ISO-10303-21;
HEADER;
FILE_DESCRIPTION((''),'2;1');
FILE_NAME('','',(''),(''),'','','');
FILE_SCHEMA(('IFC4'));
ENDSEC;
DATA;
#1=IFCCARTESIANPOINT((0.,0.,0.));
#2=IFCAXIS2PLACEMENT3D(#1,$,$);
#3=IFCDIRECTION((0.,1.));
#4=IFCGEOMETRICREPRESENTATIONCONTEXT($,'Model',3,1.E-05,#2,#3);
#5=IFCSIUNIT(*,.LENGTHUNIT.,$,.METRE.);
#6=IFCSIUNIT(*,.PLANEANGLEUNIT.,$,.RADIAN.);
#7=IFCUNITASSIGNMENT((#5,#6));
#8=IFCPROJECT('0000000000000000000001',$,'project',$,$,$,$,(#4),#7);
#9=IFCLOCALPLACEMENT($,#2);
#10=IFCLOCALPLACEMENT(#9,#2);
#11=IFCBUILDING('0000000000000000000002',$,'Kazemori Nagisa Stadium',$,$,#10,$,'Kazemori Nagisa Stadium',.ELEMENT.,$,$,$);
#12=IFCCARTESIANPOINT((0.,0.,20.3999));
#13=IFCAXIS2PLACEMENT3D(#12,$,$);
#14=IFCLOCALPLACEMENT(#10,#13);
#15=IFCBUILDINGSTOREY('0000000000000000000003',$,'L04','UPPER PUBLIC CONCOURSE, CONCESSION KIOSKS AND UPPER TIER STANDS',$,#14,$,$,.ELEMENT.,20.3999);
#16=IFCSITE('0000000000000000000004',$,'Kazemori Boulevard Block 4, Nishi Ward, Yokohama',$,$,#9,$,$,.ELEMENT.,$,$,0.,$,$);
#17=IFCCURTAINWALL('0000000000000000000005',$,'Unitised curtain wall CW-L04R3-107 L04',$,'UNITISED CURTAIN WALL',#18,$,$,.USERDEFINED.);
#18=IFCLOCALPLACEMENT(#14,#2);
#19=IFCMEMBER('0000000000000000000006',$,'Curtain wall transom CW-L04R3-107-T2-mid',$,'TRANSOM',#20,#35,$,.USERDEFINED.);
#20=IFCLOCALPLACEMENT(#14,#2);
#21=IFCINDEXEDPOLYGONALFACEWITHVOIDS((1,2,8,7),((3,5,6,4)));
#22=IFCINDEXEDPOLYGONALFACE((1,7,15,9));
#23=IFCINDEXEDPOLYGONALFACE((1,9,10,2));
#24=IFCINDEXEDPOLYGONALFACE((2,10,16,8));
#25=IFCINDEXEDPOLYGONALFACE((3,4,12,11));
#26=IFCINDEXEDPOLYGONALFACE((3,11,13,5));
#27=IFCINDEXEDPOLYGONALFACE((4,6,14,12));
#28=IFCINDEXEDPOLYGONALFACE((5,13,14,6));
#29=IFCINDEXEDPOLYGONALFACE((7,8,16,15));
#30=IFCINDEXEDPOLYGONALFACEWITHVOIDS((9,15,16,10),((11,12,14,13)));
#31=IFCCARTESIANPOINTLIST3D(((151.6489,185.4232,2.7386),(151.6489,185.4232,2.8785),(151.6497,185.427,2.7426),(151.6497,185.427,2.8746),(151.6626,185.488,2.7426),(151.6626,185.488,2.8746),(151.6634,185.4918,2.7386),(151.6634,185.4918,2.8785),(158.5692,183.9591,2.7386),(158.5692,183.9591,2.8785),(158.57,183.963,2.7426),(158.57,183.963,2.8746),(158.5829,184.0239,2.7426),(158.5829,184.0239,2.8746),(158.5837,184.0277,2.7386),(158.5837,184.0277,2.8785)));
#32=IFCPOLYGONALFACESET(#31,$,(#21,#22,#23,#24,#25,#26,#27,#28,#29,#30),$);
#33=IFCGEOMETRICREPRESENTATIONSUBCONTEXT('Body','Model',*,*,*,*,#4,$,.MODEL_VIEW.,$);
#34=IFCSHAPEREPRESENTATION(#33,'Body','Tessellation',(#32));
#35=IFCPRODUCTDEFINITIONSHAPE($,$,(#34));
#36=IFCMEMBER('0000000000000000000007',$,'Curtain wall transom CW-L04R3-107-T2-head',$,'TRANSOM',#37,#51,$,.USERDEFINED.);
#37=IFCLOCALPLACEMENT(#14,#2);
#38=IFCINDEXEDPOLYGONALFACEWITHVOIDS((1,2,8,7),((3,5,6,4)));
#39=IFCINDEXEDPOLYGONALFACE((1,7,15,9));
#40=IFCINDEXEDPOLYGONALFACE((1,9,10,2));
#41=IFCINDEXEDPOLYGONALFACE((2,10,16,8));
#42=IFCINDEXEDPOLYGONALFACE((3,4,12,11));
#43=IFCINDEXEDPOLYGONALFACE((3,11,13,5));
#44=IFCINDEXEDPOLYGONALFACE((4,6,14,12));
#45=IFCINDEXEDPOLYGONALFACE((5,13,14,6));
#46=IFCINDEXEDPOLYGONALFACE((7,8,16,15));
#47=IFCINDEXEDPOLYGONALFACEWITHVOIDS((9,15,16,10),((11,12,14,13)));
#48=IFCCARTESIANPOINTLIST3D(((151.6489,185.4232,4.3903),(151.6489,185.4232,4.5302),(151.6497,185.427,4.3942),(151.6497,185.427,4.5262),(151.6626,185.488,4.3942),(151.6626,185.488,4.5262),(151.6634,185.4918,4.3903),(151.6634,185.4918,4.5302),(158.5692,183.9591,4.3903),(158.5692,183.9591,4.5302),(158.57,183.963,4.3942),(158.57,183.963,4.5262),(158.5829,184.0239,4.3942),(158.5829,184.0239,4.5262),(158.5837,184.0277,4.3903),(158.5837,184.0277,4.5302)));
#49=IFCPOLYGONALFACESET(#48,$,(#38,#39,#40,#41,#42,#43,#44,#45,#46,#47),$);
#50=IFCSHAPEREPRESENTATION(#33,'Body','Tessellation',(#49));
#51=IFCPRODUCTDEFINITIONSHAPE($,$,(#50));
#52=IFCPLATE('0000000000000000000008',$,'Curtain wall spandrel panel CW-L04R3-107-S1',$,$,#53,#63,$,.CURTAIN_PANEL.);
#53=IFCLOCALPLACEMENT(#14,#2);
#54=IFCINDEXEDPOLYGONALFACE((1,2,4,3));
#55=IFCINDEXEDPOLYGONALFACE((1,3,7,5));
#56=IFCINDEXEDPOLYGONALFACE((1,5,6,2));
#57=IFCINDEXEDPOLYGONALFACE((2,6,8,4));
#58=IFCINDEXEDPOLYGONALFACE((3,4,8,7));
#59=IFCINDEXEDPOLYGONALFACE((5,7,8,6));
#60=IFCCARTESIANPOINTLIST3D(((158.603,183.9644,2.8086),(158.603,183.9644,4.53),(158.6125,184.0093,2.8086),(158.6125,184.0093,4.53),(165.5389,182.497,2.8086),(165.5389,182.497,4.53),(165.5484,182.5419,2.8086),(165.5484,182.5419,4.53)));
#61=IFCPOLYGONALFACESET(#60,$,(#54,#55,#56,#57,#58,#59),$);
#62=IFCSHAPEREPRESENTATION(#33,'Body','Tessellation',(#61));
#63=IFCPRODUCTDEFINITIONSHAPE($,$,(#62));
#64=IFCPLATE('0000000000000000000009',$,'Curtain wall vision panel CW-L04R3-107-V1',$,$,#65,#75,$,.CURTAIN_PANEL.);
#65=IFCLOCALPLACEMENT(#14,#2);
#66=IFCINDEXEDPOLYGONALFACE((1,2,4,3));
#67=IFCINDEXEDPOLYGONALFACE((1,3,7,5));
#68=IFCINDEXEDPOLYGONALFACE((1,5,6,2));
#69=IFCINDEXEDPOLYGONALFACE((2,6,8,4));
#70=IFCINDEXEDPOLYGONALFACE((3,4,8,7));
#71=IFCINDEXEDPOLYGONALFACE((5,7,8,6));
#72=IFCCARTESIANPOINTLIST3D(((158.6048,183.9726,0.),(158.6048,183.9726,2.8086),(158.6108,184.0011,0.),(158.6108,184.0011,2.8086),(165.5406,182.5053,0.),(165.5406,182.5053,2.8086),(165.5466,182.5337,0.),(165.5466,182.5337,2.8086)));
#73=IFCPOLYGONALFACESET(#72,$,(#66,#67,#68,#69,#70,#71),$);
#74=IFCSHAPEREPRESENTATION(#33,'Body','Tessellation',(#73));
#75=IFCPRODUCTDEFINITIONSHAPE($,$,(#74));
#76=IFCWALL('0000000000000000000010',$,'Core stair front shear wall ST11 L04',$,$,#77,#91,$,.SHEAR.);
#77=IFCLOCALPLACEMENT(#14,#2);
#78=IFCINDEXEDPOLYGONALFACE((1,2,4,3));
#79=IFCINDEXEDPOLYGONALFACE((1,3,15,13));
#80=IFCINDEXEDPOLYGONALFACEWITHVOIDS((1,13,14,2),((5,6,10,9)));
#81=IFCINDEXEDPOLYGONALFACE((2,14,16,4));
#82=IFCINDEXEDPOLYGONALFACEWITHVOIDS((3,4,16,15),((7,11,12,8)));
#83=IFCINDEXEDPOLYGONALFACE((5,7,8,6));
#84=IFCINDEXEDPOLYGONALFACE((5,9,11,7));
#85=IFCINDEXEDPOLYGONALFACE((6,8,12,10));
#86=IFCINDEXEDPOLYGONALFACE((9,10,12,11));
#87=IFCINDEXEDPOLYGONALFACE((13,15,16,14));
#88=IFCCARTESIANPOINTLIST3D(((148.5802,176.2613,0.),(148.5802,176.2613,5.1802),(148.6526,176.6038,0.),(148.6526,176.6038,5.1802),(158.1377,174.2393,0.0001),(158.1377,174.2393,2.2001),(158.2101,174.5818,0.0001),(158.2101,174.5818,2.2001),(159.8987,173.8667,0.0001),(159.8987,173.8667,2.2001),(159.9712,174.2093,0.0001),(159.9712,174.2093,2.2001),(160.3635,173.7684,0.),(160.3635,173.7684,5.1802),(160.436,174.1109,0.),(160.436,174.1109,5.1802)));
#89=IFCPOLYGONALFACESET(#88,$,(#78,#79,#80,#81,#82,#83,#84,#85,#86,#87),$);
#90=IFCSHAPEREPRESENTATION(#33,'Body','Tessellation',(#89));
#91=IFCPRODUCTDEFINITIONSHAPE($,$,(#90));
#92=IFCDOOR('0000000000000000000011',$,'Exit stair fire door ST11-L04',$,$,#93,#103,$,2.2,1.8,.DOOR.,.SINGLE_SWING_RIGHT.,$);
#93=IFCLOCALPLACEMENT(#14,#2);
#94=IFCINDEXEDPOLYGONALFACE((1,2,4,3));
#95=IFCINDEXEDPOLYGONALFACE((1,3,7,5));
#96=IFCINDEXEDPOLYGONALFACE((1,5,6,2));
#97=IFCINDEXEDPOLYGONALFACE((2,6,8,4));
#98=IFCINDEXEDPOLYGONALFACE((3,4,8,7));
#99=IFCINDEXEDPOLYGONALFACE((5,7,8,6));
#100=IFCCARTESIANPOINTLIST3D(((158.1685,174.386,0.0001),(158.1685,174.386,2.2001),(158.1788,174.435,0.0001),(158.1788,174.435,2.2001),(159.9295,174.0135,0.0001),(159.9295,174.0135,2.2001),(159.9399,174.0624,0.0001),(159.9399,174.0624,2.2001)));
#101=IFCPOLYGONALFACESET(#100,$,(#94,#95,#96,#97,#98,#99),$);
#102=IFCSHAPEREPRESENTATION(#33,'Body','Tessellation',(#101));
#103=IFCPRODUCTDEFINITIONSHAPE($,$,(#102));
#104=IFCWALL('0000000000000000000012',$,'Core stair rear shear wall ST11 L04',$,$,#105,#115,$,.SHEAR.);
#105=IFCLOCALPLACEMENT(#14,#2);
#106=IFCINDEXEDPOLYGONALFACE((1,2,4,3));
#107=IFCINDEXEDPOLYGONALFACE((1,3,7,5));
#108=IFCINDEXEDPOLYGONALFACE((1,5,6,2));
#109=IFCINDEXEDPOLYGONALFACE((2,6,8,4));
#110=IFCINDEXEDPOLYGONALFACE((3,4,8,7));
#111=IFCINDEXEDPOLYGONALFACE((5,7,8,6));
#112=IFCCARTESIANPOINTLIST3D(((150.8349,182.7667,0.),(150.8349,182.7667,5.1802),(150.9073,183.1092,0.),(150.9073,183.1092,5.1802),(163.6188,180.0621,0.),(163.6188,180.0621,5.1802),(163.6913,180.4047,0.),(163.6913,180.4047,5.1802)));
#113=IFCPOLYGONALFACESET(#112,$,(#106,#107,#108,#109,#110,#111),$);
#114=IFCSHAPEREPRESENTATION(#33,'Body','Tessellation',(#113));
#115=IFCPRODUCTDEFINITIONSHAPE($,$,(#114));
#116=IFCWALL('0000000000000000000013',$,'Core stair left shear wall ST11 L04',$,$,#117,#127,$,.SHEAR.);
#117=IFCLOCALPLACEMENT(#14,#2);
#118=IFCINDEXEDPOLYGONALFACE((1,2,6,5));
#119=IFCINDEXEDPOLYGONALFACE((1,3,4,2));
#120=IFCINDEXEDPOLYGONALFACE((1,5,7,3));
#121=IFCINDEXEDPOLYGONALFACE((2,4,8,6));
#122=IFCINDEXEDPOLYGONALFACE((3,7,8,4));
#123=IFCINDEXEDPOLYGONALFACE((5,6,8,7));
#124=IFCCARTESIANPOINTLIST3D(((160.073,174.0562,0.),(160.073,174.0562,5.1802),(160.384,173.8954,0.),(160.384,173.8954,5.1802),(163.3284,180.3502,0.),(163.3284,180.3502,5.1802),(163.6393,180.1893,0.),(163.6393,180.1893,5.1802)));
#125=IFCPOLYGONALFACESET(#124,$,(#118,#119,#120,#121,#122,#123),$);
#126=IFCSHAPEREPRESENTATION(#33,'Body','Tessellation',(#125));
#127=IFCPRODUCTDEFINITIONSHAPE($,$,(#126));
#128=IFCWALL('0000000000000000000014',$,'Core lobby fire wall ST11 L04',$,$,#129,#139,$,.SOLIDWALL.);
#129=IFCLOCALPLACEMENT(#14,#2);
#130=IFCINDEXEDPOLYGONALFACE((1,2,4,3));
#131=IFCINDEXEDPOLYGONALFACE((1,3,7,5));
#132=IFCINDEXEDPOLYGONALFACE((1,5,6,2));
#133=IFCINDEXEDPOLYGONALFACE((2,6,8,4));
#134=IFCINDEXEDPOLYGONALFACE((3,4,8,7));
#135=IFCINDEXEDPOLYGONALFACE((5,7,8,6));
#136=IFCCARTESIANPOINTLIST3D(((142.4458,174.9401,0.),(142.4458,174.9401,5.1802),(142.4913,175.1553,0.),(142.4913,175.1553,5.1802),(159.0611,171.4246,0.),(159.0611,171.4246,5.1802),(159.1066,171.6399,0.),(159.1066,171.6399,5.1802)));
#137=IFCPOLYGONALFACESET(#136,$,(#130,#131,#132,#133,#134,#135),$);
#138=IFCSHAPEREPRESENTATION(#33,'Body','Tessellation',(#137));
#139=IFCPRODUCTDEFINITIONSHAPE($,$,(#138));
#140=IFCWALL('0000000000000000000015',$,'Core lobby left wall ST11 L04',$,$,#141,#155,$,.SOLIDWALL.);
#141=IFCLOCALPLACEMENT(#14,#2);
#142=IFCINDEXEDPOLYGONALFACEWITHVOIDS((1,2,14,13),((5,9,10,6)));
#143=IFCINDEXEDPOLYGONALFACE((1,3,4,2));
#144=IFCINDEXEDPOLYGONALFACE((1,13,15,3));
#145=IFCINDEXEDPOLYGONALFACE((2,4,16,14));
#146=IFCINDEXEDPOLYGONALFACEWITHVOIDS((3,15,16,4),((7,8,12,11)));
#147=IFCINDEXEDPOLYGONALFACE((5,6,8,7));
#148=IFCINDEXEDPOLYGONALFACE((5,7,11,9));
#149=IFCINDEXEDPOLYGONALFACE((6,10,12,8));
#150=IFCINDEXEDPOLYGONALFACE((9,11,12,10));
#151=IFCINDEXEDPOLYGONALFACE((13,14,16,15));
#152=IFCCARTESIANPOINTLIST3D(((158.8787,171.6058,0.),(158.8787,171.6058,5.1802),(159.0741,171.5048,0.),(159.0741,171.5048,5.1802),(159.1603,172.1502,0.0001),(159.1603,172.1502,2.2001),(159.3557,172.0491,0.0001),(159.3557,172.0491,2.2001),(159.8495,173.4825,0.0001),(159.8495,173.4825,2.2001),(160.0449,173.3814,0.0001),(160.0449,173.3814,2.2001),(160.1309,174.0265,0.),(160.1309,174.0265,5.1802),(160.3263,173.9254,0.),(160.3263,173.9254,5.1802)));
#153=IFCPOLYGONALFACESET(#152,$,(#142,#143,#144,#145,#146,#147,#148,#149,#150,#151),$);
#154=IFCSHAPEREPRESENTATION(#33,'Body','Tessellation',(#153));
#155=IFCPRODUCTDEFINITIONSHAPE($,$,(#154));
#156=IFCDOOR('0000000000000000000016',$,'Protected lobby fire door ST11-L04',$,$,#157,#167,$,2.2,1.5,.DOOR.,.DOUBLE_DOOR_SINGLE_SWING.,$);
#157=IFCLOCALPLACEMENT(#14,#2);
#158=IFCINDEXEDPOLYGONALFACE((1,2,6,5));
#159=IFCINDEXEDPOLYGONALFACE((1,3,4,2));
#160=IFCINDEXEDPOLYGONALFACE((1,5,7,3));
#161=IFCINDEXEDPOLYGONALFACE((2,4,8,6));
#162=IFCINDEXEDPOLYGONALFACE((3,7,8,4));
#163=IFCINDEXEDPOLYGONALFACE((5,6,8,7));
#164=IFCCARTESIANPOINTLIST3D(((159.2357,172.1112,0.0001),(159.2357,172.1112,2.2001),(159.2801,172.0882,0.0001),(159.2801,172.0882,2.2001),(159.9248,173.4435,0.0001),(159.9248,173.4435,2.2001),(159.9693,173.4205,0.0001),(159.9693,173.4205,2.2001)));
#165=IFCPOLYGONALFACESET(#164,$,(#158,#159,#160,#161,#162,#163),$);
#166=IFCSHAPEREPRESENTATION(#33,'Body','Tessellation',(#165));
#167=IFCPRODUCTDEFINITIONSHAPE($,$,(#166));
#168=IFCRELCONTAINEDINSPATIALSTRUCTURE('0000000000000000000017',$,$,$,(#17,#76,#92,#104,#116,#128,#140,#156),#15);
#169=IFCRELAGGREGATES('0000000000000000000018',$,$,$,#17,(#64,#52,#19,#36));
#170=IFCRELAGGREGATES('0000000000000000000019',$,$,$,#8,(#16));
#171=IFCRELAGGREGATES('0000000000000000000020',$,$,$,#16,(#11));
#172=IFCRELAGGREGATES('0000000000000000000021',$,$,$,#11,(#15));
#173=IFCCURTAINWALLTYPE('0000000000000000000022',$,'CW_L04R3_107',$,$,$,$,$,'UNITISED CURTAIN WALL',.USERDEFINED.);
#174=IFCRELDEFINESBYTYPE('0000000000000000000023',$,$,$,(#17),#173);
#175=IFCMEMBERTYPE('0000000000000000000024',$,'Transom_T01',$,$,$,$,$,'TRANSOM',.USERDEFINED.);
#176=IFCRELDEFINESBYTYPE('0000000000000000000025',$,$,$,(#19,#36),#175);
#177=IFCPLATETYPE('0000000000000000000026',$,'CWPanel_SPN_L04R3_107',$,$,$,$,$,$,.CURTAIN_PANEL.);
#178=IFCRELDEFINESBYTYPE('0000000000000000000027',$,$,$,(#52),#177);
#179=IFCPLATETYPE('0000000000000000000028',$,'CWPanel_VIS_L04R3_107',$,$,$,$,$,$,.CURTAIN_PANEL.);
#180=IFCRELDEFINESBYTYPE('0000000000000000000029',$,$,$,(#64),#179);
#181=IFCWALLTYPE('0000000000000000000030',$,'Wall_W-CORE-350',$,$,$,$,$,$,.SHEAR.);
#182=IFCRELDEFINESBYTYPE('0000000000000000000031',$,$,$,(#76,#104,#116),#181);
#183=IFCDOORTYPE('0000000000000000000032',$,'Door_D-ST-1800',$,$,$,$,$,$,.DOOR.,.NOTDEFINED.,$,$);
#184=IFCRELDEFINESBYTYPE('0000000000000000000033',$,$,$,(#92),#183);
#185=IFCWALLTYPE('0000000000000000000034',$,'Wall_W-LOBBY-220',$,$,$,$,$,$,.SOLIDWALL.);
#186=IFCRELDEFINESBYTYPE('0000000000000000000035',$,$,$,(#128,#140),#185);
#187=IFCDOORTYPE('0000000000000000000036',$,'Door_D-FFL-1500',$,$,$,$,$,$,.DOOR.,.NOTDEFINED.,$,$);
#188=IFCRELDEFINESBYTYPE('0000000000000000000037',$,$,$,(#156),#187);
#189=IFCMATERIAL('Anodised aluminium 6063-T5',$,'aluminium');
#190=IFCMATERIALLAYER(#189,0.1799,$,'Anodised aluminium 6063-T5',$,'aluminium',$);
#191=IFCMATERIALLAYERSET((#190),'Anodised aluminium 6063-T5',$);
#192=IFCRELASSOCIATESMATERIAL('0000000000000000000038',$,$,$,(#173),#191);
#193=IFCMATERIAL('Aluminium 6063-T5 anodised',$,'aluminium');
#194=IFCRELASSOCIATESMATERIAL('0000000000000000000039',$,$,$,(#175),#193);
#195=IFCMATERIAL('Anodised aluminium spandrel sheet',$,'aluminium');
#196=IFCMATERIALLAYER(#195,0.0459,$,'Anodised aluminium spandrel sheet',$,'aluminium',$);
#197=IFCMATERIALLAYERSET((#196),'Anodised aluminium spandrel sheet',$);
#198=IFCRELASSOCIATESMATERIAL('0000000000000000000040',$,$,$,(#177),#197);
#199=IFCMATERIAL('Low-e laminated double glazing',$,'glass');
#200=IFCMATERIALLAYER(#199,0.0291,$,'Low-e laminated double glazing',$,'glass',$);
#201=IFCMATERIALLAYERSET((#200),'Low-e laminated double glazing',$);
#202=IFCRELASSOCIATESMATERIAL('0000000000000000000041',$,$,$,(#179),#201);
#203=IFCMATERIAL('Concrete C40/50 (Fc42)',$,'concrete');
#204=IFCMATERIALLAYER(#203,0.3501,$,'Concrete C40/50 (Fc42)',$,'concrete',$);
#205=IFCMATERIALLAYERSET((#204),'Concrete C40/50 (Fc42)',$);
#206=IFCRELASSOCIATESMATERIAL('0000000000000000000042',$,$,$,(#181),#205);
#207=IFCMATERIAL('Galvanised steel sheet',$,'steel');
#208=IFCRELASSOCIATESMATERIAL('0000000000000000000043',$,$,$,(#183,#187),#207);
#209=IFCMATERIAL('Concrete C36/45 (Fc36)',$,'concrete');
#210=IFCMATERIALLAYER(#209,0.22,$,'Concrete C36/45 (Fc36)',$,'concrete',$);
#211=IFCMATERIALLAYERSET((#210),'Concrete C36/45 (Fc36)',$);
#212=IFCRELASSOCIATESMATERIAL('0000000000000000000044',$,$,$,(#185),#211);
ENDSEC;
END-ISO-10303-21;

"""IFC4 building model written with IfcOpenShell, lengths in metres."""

from ifc_helpers import new_model, si_unit, direction, frame, frame_2d, origin, origin_2d, place, context, subcontext, project, spatial, rectangle, hollow_rectangle, extrude, material, layer, layer_set, material_profile, profile_set, type_object, element, fill, aggregate, save


model = new_model("IFC4")

# Units and contexts
model_context = context("Model", 3, precision=1e-05, world=origin(), true_north=direction((0.0, 1.0)))
body_context = subcontext(model_context, "Body", "Model", "MODEL_VIEW")
ifc_project = project(units=[si_unit("LENGTHUNIT", "METRE"), si_unit("PLANEANGLEUNIT", "RADIAN")], contexts=[model_context])

# Site, building, storey
site_placement = place(None, origin())
site = spatial("IfcSite", under=ifc_project, at=site_placement, Name="Kazemori Boulevard Block 4, Nishi Ward, Yokohama", CompositionType="ELEMENT", RefElevation=0.0)
building_placement = place(site_placement, origin())
building = spatial("IfcBuilding", under=site, at=building_placement, Name="Kazemori Nagisa Stadium", LongName="Kazemori Nagisa Stadium", CompositionType="ELEMENT")
storey_placement = place(building_placement, frame((0.0, 0.0, 20.3999)))
storey = spatial("IfcBuildingStorey", under=building, at=storey_placement, Name="L04", Description="UPPER PUBLIC CONCOURSE, CONCESSION KIOSKS AND UPPER TIER STANDS", CompositionType="ELEMENT", Elevation=20.3999)

# Curtain wall, members, plates
ifc_material_1 = material(Name="Anodised aluminium 6063-T5", Category="aluminium")
ifc_layer_1 = layer(ifc_material_1, 0.1799, Name="Anodised aluminium 6063-T5", Category="aluminium")
ifc_layer_set_1 = layer_set([ifc_layer_1], Name="Anodised aluminium 6063-T5")
curtain_wall_type = type_object("IfcCurtainWallType", Name="CW_L04R3_107", ElementType="UNITISED CURTAIN WALL", PredefinedType="USERDEFINED", material=ifc_layer_set_1)
curtain_wall_placement = place(storey_placement, origin())
curtain_wall = element("IfcCurtainWall", 1, at=curtain_wall_placement, inside=storey, type_object=curtain_wall_type, Name="Unitised curtain wall CW-L04R3-107 L04", ObjectType="UNITISED CURTAIN WALL", PredefinedType="USERDEFINED")
ifc_material_2 = material(Name="Aluminium 6063-T5 anodised", Category="aluminium")
ifc_material_profile_1 = material_profile(ifc_material_2, hollow_rectangle(XDim=0.0701, YDim=0.1399, WallThickness=0.0039, at=origin_2d()), Name="ALU-TRAN-70x140x4")
ifc_profile_set_1 = profile_set([ifc_material_profile_1], Name="Aluminium 6063-T5 anodised")
member_type_1 = type_object("IfcMemberType", Name="Transom_T01", ElementType="TRANSOM", PredefinedType="USERDEFINED", material=ifc_profile_set_1)
member_1_placement = place(storey_placement, frame((158.5764, 183.9934, 2.8086), z_axis=(-0.978345, 0.206983, 0.0), x_axis=(-0.206983, -0.978345, 0.0)))
member_1 = element("IfcMember", 2, at=member_1_placement, type_object=member_type_1, Name="Curtain wall transom CW-L04R3-107-T2-mid", ObjectType="TRANSOM", PredefinedType="USERDEFINED", context=body_context, shape_type="SweptSolid", body=[
    extrude(hollow_rectangle(XDim=0.0701, YDim=0.1399, WallThickness=0.0039, at=origin_2d()), origin(), (0.0, 0.0, 1.0), 7.0735),
])
member_2_placement = place(storey_placement, frame((158.5764, 183.9934, 4.4602), z_axis=(-0.978345, 0.206983, 0.0), x_axis=(-0.206983, -0.978345, 0.0)))
member_2 = element("IfcMember", 3, at=member_2_placement, type_object=member_type_1, Name="Curtain wall transom CW-L04R3-107-T2-head", ObjectType="TRANSOM", PredefinedType="USERDEFINED", context=body_context, shape_type="SweptSolid", body=[
    extrude(hollow_rectangle(XDim=0.0701, YDim=0.1399, WallThickness=0.0039, at=origin_2d()), origin(), (0.0, 0.0, 1.0), 7.0735),
])
ifc_material_3 = material(Name="Anodised aluminium spandrel sheet", Category="aluminium")
ifc_layer_2 = layer(ifc_material_3, 0.0459, Name="Anodised aluminium spandrel sheet", Category="aluminium")
ifc_layer_set_2 = layer_set([ifc_layer_2], Name="Anodised aluminium spandrel sheet")
plate_type_1 = type_object("IfcPlateType", Name="CWPanel_SPN_L04R3_107", PredefinedType="CURTAIN_PANEL", material=ifc_layer_set_2)
plate_1_placement = place(storey_placement, frame((162.0757, 183.2532, 2.8086), z_axis=(0.0, 0.0, 1.0), x_axis=(-0.978345, 0.206981, 0.0)))
plate_1 = element("IfcPlate", 4, at=plate_1_placement, type_object=plate_type_1, Name="Curtain wall spandrel panel CW-L04R3-107-S1", PredefinedType="CURTAIN_PANEL", context=body_context, shape_type="SweptSolid", body=[
    extrude(rectangle(XDim=7.0894, YDim=0.0459, at=origin_2d()), origin(), (0.0, 0.0, 1.0), 1.7214),
])
ifc_material_4 = material(Name="Low-e laminated double glazing", Category="glass")
ifc_layer_3 = layer(ifc_material_4, 0.0291, Name="Low-e laminated double glazing", Category="glass")
ifc_layer_set_3 = layer_set([ifc_layer_3], Name="Low-e laminated double glazing")
plate_type_2 = type_object("IfcPlateType", Name="CWPanel_VIS_L04R3_107", PredefinedType="CURTAIN_PANEL", material=ifc_layer_set_3)
plate_2_placement = place(storey_placement, frame((162.0757, 183.2532, 0.0), z_axis=(0.0, 0.0, 1.0), x_axis=(-0.978345, 0.206981, 0.0)))
plate_2 = element("IfcPlate", 5, at=plate_2_placement, type_object=plate_type_2, Name="Curtain wall vision panel CW-L04R3-107-V1", PredefinedType="CURTAIN_PANEL", context=body_context, shape_type="SweptSolid", body=[
    extrude(rectangle(XDim=7.0894, YDim=0.0291, at=origin_2d()), origin(), (0.0, 0.0, 1.0), 2.8086),
])
aggregate(curtain_wall, [plate_2, plate_1, member_1, member_2])

# Wall, opening, door
ifc_material_5 = material(Name="Concrete C40/50 (Fc42)", Category="concrete")
ifc_layer_4 = layer(ifc_material_5, 0.3501, Name="Concrete C40/50 (Fc42)", Category="concrete")
ifc_layer_set_4 = layer_set([ifc_layer_4], Name="Concrete C40/50 (Fc42)")
wall_type_1 = type_object("IfcWallType", Name="Wall_W-CORE-350", PredefinedType="SHEAR", material=ifc_layer_set_4)
wall_1_placement = place(storey_placement, frame((160.3997, 173.9397, 0.0), z_axis=(0.0, 0.0, 1.0), x_axis=(-0.978345, 0.20698, 0.0)))
wall_1 = element("IfcWall", 6, at=wall_1_placement, inside=storey, type_object=wall_type_1, Name="Core stair front shear wall ST11 L04", PredefinedType="SHEAR", context=body_context, shape_type="SweptSolid", body=[
    extrude(rectangle(XDim=12.0442, YDim=0.3501, at=frame_2d((6.022, 0.0))), origin(), (0.0, 0.0, 1.0), 5.1802),
])
opening_1_placement = place(wall_1_placement, frame((0.4751, 0.0, 0.0)))
opening_1 = element("IfcOpeningElement", 7, at=opening_1_placement, cuts=wall_1, PredefinedType="OPENING", context=body_context, shape_type="SweptSolid", body=[
    extrude(rectangle(XDim=1.8, YDim=2.2, at=frame_2d((0.8999, 1.1001))), frame((0.0, 0.1851, 0.0), z_axis=(0.0, -1.0, 0.0), x_axis=(1.0, 0.0, 0.0)), (0.0, 0.0, 1.0), 0.3701),
])
ifc_material_6 = material(Name="Galvanised steel sheet", Category="steel")
door_type_1 = type_object("IfcDoorType", Name="Door_D-ST-1800", OperationType="NOTDEFINED", PredefinedType="DOOR", material=ifc_material_6)
door_1_placement = place(opening_1_placement, frame((1.8, 0.0, 0.0), z_axis=(0.0, 0.0, 1.0), x_axis=(-1.0, 0.0, 0.0)))
door_1 = element("IfcDoor", 8, at=door_1_placement, inside=storey, type_object=door_type_1, Name="Exit stair fire door ST11-L04", OperationType="SINGLE_SWING_RIGHT", OverallHeight=2.2, OverallWidth=1.8, PredefinedType="DOOR", context=body_context, shape_type="SweptSolid", body=[
    extrude(rectangle(XDim=1.8, YDim=2.2, at=frame_2d((0.8999, 1.1001))), frame((0.0, 0.0249, 0.0), z_axis=(0.0, -1.0, 0.0), x_axis=(1.0, 0.0, 0.0)), (0.0, 0.0, 1.0), 0.05),
])
fill(opening_1, door_1)

# Walls
wall_2_placement = place(storey_placement, frame((163.655, 180.2334, 0.0), z_axis=(0.0, 0.0, 1.0), x_axis=(-0.978345, 0.20698, 0.0)))
element("IfcWall", 9, at=wall_2_placement, inside=storey, type_object=wall_type_1, Name="Core stair rear shear wall ST11 L04", PredefinedType="SHEAR", context=body_context, shape_type="SweptSolid", body=[
    extrude(rectangle(XDim=13.0669, YDim=0.3501, at=frame_2d((6.5334, 0.0))), origin(), (0.0, 0.0, 1.0), 5.1802),
])
wall_3_placement = place(storey_placement, frame((160.2285, 173.9758, 0.0), z_axis=(0.0, 0.0, 1.0), x_axis=(0.45941, 0.888224, 0.0)))
element("IfcWall", 10, at=wall_3_placement, inside=storey, type_object=wall_type_1, Name="Core stair left shear wall ST11 L04", PredefinedType="SHEAR", context=body_context, shape_type="SweptSolid", body=[
    extrude(rectangle(XDim=7.0859, YDim=0.3501, at=frame_2d((3.543, 0.0))), origin(), (0.0, 0.0, 1.0), 5.1802),
])
ifc_material_7 = material(Name="Concrete C36/45 (Fc36)", Category="concrete")
ifc_layer_5 = layer(ifc_material_7, 0.22, Name="Concrete C36/45 (Fc36)", Category="concrete")
ifc_layer_set_5 = layer_set([ifc_layer_5], Name="Concrete C36/45 (Fc36)")
wall_type_2 = type_object("IfcWallType", Name="Wall_W-LOBBY-220", PredefinedType="SOLIDWALL", material=ifc_layer_set_5)
wall_4_placement = place(storey_placement, frame((159.084, 171.5322, 0.0), z_axis=(0.0, 0.0, 1.0), x_axis=(-0.978342, 0.206994, 0.0)))
element("IfcWall", 11, at=wall_4_placement, inside=storey, type_object=wall_type_2, Name="Core lobby fire wall ST11 L04", PredefinedType="SOLIDWALL", context=body_context, shape_type="SweptSolid", body=[
    extrude(rectangle(XDim=16.9832, YDim=0.22, at=frame_2d((8.4917, 0.0))), origin(), (0.0, 0.0, 1.0), 5.1802),
])

# Wall, opening, door
wall_5_placement = place(storey_placement, frame((158.9763, 171.5552, 0.0), z_axis=(0.0, 0.0, 1.0), x_axis=(0.459462, 0.888197, 0.0)))
wall_5 = element("IfcWall", 12, at=wall_5_placement, inside=storey, type_object=wall_type_2, Name="Core lobby left wall ST11 L04", PredefinedType="SOLIDWALL", context=body_context, shape_type="SweptSolid", body=[
    extrude(rectangle(XDim=2.7253, YDim=0.22, at=frame_2d((1.3628, 0.0))), origin(), (0.0, 0.0, 1.0), 5.1802),
])
opening_2_placement = place(wall_5_placement, frame((0.613, 0.0, 0.0)))
opening_2 = element("IfcOpeningElement", 13, at=opening_2_placement, cuts=wall_5, PredefinedType="OPENING", context=body_context, shape_type="SweptSolid", body=[
    extrude(rectangle(XDim=1.5, YDim=2.2, at=frame_2d((0.75, 1.1001))), frame((0.0, 0.1199, 0.0), z_axis=(0.0, -1.0, 0.0), x_axis=(1.0, 0.0, 0.0)), (0.0, 0.0, 1.0), 0.24),
])
door_type_2 = type_object("IfcDoorType", Name="Door_D-FFL-1500", OperationType="NOTDEFINED", PredefinedType="DOOR", material=ifc_material_6)
door_2_placement = place(opening_2_placement, frame((1.5, 0.0, 0.0), z_axis=(0.0, 0.0, 1.0), x_axis=(-1.0, 0.0, 0.0)))
door_2 = element("IfcDoor", 14, at=door_2_placement, inside=storey, type_object=door_type_2, Name="Protected lobby fire door ST11-L04", OperationType="DOUBLE_DOOR_SINGLE_SWING", OverallHeight=2.2, OverallWidth=1.5, PredefinedType="DOOR", context=body_context, shape_type="SweptSolid", body=[
    extrude(rectangle(XDim=1.5, YDim=2.2, at=frame_2d((0.75, 1.1001))), frame((0.0, 0.0249, 0.0), z_axis=(0.0, -1.0, 0.0), x_axis=(1.0, 0.0, 0.0)), (0.0, 0.0, 1.0), 0.05),
])
fill(opening_2, door_2)

save(model, "model.ifc")
